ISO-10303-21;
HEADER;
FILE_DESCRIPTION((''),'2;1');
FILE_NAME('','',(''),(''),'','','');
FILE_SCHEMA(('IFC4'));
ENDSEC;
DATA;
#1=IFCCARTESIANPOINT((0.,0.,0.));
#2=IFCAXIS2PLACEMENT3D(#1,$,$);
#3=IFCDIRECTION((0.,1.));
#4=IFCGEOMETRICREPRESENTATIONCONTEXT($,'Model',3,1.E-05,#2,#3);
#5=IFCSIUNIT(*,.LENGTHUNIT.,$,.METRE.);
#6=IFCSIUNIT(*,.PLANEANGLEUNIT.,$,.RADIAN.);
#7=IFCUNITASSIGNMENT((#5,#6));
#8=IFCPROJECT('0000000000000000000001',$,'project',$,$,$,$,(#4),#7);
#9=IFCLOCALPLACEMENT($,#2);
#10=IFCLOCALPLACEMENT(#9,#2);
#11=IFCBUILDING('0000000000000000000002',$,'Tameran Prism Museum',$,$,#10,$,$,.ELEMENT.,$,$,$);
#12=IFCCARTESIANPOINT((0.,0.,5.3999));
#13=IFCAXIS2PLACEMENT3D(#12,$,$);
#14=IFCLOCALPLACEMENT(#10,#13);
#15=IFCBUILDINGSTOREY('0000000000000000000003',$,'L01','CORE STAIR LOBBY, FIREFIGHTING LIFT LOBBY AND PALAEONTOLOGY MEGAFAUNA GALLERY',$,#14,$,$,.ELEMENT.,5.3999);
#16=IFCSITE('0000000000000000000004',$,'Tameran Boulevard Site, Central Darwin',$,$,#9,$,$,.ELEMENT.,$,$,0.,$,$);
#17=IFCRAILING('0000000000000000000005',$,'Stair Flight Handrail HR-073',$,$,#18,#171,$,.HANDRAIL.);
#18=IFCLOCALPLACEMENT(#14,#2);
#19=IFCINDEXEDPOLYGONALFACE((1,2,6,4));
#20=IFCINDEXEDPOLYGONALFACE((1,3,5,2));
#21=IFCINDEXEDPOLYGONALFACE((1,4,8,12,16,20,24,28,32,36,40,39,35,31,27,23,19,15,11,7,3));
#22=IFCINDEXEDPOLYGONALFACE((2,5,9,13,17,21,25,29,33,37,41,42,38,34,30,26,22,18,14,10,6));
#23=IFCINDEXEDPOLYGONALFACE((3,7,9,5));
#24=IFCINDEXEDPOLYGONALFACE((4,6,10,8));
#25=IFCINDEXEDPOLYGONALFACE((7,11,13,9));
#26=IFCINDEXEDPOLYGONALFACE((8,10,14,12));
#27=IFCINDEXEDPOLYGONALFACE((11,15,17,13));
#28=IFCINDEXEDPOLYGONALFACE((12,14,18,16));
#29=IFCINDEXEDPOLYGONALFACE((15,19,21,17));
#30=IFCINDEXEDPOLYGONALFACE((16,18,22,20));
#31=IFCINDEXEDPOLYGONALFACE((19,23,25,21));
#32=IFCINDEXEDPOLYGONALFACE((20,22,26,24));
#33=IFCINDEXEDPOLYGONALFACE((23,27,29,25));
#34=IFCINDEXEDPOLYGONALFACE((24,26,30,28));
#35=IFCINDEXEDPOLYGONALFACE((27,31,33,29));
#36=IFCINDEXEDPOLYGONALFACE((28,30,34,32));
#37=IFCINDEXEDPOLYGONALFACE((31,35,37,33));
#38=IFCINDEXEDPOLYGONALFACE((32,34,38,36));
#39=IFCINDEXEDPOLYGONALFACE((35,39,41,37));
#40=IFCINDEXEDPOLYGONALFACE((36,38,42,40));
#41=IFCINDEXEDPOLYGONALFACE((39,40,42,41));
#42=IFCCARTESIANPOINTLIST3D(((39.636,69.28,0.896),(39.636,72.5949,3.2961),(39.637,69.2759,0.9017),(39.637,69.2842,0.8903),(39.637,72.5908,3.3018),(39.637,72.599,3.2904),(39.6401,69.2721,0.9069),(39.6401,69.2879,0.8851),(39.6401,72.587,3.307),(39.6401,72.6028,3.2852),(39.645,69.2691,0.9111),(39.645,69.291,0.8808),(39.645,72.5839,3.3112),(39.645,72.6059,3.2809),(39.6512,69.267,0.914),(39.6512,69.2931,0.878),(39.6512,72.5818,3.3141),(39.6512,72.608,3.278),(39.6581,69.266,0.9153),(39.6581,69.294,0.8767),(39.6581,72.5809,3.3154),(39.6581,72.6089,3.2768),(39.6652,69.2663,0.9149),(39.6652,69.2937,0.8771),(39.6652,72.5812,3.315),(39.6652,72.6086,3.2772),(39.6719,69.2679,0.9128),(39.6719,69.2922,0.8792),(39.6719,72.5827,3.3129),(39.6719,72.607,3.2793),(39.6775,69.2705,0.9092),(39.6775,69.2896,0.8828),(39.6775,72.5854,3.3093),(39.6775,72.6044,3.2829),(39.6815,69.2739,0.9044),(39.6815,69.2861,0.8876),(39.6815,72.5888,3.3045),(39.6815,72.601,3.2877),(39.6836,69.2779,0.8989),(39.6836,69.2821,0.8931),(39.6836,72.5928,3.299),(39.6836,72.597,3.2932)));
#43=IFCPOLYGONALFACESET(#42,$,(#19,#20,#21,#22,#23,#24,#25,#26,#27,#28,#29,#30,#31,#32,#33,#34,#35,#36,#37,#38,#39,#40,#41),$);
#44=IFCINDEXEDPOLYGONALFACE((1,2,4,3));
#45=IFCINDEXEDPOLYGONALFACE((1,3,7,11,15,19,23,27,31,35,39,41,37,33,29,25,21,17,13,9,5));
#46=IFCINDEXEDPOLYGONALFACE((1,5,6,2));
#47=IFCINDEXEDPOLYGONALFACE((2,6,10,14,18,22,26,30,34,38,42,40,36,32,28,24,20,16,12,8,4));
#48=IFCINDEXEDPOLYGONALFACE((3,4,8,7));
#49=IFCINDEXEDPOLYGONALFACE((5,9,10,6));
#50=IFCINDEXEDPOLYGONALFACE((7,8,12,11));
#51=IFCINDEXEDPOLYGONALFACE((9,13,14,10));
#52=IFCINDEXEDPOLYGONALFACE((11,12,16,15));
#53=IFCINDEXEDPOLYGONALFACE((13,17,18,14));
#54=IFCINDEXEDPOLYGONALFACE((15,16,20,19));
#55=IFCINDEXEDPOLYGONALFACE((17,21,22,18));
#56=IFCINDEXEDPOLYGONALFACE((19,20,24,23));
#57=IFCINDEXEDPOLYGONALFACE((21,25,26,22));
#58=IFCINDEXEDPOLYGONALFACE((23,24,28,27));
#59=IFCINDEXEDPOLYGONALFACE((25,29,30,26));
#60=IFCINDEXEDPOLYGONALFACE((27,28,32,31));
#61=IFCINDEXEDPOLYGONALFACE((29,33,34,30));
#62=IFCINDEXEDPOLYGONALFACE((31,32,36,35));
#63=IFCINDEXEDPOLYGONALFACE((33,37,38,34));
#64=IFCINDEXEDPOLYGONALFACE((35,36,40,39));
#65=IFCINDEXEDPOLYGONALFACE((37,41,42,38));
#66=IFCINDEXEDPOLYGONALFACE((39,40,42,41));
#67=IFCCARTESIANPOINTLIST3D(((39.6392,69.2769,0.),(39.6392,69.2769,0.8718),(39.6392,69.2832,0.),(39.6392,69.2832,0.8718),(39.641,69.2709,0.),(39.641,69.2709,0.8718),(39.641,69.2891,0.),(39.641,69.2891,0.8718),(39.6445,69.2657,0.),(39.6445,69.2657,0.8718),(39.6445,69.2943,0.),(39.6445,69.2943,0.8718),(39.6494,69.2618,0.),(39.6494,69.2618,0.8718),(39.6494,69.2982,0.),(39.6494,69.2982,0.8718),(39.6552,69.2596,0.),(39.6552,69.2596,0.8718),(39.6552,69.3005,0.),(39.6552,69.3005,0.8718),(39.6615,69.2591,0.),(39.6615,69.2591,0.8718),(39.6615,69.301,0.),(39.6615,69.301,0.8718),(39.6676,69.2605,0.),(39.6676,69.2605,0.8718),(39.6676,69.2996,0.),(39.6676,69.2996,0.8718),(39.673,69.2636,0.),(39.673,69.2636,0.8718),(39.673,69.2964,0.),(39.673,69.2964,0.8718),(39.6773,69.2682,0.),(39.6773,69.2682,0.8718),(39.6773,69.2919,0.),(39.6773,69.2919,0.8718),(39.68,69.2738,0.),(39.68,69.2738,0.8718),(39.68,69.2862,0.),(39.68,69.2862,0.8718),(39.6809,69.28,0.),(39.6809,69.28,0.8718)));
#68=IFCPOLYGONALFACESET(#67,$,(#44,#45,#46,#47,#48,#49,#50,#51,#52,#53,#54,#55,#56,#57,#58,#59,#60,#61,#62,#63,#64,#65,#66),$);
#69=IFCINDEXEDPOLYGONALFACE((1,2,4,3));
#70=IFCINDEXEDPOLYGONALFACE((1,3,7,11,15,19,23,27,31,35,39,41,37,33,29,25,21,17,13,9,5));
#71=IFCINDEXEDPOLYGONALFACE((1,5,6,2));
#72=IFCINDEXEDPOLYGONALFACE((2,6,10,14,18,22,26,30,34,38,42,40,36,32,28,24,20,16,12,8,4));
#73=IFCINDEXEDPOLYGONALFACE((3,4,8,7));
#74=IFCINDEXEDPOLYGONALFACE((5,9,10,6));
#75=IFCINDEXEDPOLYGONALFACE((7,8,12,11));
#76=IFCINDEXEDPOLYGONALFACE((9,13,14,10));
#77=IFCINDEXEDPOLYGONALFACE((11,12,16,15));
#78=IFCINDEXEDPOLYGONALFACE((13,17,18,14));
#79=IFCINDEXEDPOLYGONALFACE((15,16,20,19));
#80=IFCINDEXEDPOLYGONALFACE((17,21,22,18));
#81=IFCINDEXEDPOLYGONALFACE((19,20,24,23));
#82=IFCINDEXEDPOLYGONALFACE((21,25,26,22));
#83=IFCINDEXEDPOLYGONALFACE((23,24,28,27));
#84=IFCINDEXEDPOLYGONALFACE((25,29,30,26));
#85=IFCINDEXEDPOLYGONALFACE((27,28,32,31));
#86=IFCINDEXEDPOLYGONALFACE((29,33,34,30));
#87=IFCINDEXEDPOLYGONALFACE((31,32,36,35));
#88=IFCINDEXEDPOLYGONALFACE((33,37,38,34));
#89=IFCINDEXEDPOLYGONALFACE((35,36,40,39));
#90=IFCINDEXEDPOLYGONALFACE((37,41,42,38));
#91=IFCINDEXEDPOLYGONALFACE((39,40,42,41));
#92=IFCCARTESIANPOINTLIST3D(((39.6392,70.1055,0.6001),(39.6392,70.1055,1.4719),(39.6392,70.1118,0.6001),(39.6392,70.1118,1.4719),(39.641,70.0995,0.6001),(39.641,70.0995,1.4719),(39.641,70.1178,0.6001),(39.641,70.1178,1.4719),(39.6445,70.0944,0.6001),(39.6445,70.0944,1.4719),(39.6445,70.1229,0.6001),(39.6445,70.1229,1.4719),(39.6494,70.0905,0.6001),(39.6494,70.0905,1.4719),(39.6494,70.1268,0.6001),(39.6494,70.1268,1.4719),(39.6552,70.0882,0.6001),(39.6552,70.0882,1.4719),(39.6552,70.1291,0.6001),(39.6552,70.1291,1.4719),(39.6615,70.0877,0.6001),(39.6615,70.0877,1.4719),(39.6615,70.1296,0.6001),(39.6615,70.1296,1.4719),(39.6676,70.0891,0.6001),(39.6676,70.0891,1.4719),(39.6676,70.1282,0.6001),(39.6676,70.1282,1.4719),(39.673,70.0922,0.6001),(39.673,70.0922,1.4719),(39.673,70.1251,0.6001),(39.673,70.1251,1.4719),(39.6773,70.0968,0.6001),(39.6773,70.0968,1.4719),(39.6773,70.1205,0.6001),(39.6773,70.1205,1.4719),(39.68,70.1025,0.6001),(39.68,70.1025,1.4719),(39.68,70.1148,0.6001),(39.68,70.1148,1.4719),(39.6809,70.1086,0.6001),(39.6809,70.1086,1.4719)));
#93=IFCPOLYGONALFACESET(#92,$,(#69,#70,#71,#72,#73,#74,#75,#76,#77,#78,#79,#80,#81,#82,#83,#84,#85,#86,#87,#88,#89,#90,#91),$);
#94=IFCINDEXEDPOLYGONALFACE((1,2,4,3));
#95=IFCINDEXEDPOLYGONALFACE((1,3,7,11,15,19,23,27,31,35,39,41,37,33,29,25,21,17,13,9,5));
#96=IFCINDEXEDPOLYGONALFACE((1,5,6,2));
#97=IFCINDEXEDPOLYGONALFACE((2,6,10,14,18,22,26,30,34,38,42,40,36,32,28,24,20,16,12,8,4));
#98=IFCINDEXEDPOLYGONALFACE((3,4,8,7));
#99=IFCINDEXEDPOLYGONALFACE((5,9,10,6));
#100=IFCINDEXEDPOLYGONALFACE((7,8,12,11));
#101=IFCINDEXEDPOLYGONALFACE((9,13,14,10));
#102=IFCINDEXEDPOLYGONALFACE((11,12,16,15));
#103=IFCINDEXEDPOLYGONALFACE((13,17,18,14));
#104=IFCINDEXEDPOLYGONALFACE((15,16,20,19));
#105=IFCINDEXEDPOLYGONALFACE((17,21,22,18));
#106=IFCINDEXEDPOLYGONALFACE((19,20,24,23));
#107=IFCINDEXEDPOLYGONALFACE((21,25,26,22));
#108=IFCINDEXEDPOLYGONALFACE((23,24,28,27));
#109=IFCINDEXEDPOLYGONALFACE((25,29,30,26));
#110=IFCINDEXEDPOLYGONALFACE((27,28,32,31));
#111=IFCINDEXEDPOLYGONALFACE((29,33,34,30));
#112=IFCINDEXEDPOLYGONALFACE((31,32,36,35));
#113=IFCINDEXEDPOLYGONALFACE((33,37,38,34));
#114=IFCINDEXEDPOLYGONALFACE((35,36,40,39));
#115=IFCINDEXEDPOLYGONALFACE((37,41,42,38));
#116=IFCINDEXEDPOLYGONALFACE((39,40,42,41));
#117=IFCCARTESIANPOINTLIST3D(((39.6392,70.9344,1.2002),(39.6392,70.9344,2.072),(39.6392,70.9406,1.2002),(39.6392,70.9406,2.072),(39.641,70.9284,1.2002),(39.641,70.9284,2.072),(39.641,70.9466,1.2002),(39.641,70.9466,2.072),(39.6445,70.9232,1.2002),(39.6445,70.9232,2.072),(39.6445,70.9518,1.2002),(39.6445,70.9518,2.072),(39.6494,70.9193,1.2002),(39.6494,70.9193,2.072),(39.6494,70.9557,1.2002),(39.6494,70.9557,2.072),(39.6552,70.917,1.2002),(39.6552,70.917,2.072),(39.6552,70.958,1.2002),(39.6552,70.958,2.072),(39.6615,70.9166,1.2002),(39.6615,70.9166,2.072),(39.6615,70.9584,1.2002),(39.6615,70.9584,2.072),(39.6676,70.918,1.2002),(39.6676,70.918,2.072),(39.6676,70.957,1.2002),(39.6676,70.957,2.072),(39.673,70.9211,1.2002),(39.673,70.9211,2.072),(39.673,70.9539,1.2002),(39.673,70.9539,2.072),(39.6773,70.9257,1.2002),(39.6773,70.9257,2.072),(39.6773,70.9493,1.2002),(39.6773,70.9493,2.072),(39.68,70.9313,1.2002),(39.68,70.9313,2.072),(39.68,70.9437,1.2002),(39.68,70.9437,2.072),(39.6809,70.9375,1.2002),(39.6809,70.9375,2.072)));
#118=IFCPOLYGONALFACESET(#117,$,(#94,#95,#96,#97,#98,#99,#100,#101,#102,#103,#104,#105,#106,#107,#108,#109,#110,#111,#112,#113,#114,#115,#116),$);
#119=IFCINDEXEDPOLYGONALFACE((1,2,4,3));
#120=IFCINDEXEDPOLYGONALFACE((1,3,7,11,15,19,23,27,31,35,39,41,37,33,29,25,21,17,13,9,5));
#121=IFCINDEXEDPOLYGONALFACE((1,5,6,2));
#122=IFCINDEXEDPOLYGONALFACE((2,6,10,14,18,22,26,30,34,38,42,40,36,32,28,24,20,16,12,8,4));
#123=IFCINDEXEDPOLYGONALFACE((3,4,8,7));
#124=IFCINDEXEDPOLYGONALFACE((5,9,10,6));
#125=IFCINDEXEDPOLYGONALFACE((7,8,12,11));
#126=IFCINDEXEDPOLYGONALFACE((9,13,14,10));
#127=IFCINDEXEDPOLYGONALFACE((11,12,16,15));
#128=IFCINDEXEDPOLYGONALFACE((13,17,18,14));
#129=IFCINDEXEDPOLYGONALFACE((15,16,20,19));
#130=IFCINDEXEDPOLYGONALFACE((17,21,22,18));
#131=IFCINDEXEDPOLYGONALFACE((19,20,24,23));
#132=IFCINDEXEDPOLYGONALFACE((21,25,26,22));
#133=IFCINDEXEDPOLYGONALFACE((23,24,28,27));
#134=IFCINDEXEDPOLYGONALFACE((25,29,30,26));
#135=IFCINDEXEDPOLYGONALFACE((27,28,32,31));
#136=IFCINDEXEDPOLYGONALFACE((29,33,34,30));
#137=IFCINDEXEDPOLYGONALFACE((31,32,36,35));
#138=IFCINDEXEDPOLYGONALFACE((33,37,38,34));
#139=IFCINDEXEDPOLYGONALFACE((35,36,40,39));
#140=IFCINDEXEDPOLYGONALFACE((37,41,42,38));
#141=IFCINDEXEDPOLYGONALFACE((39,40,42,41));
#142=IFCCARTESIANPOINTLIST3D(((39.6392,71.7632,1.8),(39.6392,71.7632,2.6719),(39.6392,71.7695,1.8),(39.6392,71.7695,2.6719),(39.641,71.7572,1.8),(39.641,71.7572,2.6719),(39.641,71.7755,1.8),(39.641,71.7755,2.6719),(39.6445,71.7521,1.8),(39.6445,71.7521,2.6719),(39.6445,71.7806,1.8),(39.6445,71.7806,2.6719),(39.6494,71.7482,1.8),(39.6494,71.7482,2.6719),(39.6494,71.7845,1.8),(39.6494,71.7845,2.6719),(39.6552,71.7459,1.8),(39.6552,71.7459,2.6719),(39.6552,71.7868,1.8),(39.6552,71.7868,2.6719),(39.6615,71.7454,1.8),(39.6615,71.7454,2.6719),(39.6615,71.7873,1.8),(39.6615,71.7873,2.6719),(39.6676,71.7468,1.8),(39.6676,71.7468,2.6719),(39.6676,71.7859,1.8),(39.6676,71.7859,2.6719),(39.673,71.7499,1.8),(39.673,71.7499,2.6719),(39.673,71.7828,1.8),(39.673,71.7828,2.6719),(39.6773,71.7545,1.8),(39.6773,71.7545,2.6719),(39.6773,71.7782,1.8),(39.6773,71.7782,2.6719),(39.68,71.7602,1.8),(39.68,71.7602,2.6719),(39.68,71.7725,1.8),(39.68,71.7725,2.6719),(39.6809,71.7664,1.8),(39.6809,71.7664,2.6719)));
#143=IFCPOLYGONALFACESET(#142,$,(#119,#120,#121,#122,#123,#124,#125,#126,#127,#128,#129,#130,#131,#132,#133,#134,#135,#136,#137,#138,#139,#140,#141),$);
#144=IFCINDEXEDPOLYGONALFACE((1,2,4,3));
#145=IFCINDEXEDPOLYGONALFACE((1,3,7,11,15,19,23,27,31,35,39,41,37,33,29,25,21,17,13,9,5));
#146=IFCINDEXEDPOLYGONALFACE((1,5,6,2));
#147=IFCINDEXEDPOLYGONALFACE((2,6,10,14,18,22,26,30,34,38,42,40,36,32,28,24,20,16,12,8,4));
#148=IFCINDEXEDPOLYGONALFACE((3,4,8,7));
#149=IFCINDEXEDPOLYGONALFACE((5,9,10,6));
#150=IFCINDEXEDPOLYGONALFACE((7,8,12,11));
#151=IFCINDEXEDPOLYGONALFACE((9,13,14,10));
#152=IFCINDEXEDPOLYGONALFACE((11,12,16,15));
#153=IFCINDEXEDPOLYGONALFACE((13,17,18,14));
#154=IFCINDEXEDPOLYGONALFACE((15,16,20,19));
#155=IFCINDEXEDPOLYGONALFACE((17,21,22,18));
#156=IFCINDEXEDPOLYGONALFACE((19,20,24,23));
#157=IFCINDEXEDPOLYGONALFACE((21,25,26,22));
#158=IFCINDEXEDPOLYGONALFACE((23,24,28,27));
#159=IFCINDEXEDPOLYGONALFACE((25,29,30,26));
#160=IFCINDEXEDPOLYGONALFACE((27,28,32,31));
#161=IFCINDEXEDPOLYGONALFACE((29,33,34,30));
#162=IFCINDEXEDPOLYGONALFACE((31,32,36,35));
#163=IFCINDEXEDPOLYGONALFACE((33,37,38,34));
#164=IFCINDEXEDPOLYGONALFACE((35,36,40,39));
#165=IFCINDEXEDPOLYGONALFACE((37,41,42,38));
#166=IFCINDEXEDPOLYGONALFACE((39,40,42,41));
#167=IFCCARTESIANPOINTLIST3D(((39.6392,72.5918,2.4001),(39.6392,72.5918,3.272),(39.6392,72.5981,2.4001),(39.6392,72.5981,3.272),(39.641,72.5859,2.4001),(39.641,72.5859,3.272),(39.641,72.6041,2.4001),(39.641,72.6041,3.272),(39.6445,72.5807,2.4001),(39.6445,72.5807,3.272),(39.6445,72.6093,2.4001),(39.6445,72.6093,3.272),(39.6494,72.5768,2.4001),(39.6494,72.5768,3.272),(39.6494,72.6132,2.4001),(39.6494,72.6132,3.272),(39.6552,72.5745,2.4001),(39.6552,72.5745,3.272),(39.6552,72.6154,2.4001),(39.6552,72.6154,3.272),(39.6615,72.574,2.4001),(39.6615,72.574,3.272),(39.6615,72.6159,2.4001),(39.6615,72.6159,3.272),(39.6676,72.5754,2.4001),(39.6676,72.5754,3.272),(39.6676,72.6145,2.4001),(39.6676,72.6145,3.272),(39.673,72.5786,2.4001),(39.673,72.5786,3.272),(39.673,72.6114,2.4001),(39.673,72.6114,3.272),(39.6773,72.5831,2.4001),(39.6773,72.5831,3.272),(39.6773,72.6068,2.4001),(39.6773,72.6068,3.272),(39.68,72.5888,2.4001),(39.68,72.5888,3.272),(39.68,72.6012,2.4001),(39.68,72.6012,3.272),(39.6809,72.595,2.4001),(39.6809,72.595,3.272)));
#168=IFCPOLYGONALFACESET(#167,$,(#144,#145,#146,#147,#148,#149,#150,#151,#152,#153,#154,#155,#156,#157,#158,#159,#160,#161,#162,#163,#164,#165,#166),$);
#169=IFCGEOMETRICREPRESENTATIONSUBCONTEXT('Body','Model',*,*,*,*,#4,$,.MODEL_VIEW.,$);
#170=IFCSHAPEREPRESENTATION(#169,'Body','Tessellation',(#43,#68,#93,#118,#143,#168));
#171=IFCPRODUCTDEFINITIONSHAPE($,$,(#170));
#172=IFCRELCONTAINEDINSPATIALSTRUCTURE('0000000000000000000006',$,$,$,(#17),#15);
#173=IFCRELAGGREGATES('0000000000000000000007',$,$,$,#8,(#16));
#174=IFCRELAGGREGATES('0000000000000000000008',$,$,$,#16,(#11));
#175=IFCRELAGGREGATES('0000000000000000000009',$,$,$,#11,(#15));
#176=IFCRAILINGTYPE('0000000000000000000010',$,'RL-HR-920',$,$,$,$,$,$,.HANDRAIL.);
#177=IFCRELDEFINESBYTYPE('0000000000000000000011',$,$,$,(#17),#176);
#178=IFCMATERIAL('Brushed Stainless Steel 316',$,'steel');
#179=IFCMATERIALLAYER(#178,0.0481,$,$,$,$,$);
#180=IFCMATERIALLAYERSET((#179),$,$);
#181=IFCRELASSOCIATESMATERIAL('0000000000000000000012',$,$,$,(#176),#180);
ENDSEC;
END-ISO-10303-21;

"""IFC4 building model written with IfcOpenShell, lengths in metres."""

from ifc_helpers import new_model, si_unit, direction, frame, origin, origin_2d, place, context, subcontext, project, spatial, circle, extrude, material, layer, layer_set, type_object, element, save


model = new_model("IFC4")

# Units and contexts
model_context = context("Model", 3, precision=1e-05, world=origin(), true_north=direction((0.0, 1.0)))
body_context = subcontext(model_context, "Body", "Model", "MODEL_VIEW")
ifc_project = project(units=[si_unit("LENGTHUNIT", "METRE"), si_unit("PLANEANGLEUNIT", "RADIAN")], contexts=[model_context])

# Site, building, storey
site_placement = place(None, origin())
site = spatial("IfcSite", under=ifc_project, at=site_placement, Name="Tameran Boulevard Site, Central Darwin", CompositionType="ELEMENT", RefElevation=0.0)
building_placement = place(site_placement, origin())
building = spatial("IfcBuilding", under=site, at=building_placement, Name="Tameran Prism Museum", CompositionType="ELEMENT")
storey_placement = place(building_placement, frame((0.0, 0.0, 5.3999)))
storey = spatial("IfcBuildingStorey", under=building, at=storey_placement, Name="L01", Description="CORE STAIR LOBBY, FIREFIGHTING LIFT LOBBY AND PALAEONTOLOGY MEGAFAUNA GALLERY", CompositionType="ELEMENT", Elevation=5.3999)

# Railing
ifc_material_1 = material(Name="Brushed Stainless Steel 316", Category="steel")
ifc_layer_1 = layer(ifc_material_1, 0.0481)
ifc_layer_set_1 = layer_set([ifc_layer_1])
railing_type_1 = type_object("IfcRailingType", Name="RL-HR-920", PredefinedType="HANDRAIL", material=ifc_layer_set_1)
railing_1_placement = place(storey_placement, frame((39.6599, 69.28, 0.0)))
element("IfcRailing", 1, at=railing_1_placement, inside=storey, type_object=railing_type_1, Name="Stair Flight Handrail HR-073", PredefinedType="HANDRAIL", context=body_context, shape_type="SweptSolid", body=[
    extrude(circle(Radius=0.0239, at=origin_2d()), frame((0.0, 0.0, 0.896), z_axis=(0.0, 0.80998, 0.586457), x_axis=(-1.0, 0.0, 0.0)), (0.0, 0.0, 1.0), 4.0925),
    extrude(circle(Radius=0.021, at=origin_2d()), origin(), (0.0, 0.0, 1.0), 0.8718),
    extrude(circle(Radius=0.021, at=origin_2d()), frame((0.0, 0.8286, 0.6001)), (0.0, 0.0, 1.0), 0.8718),
    extrude(circle(Radius=0.021, at=origin_2d()), frame((0.0, 1.6575, 1.2002)), (0.0, 0.0, 1.0), 0.8718),
    extrude(circle(Radius=0.021, at=origin_2d()), frame((0.0, 2.4863, 1.8)), (0.0, 0.0, 1.0), 0.8718),
    extrude(circle(Radius=0.021, at=origin_2d()), frame((0.0, 3.3149, 2.4001)), (0.0, 0.0, 1.0), 0.8718),
])

save(model, "model.ifc")
